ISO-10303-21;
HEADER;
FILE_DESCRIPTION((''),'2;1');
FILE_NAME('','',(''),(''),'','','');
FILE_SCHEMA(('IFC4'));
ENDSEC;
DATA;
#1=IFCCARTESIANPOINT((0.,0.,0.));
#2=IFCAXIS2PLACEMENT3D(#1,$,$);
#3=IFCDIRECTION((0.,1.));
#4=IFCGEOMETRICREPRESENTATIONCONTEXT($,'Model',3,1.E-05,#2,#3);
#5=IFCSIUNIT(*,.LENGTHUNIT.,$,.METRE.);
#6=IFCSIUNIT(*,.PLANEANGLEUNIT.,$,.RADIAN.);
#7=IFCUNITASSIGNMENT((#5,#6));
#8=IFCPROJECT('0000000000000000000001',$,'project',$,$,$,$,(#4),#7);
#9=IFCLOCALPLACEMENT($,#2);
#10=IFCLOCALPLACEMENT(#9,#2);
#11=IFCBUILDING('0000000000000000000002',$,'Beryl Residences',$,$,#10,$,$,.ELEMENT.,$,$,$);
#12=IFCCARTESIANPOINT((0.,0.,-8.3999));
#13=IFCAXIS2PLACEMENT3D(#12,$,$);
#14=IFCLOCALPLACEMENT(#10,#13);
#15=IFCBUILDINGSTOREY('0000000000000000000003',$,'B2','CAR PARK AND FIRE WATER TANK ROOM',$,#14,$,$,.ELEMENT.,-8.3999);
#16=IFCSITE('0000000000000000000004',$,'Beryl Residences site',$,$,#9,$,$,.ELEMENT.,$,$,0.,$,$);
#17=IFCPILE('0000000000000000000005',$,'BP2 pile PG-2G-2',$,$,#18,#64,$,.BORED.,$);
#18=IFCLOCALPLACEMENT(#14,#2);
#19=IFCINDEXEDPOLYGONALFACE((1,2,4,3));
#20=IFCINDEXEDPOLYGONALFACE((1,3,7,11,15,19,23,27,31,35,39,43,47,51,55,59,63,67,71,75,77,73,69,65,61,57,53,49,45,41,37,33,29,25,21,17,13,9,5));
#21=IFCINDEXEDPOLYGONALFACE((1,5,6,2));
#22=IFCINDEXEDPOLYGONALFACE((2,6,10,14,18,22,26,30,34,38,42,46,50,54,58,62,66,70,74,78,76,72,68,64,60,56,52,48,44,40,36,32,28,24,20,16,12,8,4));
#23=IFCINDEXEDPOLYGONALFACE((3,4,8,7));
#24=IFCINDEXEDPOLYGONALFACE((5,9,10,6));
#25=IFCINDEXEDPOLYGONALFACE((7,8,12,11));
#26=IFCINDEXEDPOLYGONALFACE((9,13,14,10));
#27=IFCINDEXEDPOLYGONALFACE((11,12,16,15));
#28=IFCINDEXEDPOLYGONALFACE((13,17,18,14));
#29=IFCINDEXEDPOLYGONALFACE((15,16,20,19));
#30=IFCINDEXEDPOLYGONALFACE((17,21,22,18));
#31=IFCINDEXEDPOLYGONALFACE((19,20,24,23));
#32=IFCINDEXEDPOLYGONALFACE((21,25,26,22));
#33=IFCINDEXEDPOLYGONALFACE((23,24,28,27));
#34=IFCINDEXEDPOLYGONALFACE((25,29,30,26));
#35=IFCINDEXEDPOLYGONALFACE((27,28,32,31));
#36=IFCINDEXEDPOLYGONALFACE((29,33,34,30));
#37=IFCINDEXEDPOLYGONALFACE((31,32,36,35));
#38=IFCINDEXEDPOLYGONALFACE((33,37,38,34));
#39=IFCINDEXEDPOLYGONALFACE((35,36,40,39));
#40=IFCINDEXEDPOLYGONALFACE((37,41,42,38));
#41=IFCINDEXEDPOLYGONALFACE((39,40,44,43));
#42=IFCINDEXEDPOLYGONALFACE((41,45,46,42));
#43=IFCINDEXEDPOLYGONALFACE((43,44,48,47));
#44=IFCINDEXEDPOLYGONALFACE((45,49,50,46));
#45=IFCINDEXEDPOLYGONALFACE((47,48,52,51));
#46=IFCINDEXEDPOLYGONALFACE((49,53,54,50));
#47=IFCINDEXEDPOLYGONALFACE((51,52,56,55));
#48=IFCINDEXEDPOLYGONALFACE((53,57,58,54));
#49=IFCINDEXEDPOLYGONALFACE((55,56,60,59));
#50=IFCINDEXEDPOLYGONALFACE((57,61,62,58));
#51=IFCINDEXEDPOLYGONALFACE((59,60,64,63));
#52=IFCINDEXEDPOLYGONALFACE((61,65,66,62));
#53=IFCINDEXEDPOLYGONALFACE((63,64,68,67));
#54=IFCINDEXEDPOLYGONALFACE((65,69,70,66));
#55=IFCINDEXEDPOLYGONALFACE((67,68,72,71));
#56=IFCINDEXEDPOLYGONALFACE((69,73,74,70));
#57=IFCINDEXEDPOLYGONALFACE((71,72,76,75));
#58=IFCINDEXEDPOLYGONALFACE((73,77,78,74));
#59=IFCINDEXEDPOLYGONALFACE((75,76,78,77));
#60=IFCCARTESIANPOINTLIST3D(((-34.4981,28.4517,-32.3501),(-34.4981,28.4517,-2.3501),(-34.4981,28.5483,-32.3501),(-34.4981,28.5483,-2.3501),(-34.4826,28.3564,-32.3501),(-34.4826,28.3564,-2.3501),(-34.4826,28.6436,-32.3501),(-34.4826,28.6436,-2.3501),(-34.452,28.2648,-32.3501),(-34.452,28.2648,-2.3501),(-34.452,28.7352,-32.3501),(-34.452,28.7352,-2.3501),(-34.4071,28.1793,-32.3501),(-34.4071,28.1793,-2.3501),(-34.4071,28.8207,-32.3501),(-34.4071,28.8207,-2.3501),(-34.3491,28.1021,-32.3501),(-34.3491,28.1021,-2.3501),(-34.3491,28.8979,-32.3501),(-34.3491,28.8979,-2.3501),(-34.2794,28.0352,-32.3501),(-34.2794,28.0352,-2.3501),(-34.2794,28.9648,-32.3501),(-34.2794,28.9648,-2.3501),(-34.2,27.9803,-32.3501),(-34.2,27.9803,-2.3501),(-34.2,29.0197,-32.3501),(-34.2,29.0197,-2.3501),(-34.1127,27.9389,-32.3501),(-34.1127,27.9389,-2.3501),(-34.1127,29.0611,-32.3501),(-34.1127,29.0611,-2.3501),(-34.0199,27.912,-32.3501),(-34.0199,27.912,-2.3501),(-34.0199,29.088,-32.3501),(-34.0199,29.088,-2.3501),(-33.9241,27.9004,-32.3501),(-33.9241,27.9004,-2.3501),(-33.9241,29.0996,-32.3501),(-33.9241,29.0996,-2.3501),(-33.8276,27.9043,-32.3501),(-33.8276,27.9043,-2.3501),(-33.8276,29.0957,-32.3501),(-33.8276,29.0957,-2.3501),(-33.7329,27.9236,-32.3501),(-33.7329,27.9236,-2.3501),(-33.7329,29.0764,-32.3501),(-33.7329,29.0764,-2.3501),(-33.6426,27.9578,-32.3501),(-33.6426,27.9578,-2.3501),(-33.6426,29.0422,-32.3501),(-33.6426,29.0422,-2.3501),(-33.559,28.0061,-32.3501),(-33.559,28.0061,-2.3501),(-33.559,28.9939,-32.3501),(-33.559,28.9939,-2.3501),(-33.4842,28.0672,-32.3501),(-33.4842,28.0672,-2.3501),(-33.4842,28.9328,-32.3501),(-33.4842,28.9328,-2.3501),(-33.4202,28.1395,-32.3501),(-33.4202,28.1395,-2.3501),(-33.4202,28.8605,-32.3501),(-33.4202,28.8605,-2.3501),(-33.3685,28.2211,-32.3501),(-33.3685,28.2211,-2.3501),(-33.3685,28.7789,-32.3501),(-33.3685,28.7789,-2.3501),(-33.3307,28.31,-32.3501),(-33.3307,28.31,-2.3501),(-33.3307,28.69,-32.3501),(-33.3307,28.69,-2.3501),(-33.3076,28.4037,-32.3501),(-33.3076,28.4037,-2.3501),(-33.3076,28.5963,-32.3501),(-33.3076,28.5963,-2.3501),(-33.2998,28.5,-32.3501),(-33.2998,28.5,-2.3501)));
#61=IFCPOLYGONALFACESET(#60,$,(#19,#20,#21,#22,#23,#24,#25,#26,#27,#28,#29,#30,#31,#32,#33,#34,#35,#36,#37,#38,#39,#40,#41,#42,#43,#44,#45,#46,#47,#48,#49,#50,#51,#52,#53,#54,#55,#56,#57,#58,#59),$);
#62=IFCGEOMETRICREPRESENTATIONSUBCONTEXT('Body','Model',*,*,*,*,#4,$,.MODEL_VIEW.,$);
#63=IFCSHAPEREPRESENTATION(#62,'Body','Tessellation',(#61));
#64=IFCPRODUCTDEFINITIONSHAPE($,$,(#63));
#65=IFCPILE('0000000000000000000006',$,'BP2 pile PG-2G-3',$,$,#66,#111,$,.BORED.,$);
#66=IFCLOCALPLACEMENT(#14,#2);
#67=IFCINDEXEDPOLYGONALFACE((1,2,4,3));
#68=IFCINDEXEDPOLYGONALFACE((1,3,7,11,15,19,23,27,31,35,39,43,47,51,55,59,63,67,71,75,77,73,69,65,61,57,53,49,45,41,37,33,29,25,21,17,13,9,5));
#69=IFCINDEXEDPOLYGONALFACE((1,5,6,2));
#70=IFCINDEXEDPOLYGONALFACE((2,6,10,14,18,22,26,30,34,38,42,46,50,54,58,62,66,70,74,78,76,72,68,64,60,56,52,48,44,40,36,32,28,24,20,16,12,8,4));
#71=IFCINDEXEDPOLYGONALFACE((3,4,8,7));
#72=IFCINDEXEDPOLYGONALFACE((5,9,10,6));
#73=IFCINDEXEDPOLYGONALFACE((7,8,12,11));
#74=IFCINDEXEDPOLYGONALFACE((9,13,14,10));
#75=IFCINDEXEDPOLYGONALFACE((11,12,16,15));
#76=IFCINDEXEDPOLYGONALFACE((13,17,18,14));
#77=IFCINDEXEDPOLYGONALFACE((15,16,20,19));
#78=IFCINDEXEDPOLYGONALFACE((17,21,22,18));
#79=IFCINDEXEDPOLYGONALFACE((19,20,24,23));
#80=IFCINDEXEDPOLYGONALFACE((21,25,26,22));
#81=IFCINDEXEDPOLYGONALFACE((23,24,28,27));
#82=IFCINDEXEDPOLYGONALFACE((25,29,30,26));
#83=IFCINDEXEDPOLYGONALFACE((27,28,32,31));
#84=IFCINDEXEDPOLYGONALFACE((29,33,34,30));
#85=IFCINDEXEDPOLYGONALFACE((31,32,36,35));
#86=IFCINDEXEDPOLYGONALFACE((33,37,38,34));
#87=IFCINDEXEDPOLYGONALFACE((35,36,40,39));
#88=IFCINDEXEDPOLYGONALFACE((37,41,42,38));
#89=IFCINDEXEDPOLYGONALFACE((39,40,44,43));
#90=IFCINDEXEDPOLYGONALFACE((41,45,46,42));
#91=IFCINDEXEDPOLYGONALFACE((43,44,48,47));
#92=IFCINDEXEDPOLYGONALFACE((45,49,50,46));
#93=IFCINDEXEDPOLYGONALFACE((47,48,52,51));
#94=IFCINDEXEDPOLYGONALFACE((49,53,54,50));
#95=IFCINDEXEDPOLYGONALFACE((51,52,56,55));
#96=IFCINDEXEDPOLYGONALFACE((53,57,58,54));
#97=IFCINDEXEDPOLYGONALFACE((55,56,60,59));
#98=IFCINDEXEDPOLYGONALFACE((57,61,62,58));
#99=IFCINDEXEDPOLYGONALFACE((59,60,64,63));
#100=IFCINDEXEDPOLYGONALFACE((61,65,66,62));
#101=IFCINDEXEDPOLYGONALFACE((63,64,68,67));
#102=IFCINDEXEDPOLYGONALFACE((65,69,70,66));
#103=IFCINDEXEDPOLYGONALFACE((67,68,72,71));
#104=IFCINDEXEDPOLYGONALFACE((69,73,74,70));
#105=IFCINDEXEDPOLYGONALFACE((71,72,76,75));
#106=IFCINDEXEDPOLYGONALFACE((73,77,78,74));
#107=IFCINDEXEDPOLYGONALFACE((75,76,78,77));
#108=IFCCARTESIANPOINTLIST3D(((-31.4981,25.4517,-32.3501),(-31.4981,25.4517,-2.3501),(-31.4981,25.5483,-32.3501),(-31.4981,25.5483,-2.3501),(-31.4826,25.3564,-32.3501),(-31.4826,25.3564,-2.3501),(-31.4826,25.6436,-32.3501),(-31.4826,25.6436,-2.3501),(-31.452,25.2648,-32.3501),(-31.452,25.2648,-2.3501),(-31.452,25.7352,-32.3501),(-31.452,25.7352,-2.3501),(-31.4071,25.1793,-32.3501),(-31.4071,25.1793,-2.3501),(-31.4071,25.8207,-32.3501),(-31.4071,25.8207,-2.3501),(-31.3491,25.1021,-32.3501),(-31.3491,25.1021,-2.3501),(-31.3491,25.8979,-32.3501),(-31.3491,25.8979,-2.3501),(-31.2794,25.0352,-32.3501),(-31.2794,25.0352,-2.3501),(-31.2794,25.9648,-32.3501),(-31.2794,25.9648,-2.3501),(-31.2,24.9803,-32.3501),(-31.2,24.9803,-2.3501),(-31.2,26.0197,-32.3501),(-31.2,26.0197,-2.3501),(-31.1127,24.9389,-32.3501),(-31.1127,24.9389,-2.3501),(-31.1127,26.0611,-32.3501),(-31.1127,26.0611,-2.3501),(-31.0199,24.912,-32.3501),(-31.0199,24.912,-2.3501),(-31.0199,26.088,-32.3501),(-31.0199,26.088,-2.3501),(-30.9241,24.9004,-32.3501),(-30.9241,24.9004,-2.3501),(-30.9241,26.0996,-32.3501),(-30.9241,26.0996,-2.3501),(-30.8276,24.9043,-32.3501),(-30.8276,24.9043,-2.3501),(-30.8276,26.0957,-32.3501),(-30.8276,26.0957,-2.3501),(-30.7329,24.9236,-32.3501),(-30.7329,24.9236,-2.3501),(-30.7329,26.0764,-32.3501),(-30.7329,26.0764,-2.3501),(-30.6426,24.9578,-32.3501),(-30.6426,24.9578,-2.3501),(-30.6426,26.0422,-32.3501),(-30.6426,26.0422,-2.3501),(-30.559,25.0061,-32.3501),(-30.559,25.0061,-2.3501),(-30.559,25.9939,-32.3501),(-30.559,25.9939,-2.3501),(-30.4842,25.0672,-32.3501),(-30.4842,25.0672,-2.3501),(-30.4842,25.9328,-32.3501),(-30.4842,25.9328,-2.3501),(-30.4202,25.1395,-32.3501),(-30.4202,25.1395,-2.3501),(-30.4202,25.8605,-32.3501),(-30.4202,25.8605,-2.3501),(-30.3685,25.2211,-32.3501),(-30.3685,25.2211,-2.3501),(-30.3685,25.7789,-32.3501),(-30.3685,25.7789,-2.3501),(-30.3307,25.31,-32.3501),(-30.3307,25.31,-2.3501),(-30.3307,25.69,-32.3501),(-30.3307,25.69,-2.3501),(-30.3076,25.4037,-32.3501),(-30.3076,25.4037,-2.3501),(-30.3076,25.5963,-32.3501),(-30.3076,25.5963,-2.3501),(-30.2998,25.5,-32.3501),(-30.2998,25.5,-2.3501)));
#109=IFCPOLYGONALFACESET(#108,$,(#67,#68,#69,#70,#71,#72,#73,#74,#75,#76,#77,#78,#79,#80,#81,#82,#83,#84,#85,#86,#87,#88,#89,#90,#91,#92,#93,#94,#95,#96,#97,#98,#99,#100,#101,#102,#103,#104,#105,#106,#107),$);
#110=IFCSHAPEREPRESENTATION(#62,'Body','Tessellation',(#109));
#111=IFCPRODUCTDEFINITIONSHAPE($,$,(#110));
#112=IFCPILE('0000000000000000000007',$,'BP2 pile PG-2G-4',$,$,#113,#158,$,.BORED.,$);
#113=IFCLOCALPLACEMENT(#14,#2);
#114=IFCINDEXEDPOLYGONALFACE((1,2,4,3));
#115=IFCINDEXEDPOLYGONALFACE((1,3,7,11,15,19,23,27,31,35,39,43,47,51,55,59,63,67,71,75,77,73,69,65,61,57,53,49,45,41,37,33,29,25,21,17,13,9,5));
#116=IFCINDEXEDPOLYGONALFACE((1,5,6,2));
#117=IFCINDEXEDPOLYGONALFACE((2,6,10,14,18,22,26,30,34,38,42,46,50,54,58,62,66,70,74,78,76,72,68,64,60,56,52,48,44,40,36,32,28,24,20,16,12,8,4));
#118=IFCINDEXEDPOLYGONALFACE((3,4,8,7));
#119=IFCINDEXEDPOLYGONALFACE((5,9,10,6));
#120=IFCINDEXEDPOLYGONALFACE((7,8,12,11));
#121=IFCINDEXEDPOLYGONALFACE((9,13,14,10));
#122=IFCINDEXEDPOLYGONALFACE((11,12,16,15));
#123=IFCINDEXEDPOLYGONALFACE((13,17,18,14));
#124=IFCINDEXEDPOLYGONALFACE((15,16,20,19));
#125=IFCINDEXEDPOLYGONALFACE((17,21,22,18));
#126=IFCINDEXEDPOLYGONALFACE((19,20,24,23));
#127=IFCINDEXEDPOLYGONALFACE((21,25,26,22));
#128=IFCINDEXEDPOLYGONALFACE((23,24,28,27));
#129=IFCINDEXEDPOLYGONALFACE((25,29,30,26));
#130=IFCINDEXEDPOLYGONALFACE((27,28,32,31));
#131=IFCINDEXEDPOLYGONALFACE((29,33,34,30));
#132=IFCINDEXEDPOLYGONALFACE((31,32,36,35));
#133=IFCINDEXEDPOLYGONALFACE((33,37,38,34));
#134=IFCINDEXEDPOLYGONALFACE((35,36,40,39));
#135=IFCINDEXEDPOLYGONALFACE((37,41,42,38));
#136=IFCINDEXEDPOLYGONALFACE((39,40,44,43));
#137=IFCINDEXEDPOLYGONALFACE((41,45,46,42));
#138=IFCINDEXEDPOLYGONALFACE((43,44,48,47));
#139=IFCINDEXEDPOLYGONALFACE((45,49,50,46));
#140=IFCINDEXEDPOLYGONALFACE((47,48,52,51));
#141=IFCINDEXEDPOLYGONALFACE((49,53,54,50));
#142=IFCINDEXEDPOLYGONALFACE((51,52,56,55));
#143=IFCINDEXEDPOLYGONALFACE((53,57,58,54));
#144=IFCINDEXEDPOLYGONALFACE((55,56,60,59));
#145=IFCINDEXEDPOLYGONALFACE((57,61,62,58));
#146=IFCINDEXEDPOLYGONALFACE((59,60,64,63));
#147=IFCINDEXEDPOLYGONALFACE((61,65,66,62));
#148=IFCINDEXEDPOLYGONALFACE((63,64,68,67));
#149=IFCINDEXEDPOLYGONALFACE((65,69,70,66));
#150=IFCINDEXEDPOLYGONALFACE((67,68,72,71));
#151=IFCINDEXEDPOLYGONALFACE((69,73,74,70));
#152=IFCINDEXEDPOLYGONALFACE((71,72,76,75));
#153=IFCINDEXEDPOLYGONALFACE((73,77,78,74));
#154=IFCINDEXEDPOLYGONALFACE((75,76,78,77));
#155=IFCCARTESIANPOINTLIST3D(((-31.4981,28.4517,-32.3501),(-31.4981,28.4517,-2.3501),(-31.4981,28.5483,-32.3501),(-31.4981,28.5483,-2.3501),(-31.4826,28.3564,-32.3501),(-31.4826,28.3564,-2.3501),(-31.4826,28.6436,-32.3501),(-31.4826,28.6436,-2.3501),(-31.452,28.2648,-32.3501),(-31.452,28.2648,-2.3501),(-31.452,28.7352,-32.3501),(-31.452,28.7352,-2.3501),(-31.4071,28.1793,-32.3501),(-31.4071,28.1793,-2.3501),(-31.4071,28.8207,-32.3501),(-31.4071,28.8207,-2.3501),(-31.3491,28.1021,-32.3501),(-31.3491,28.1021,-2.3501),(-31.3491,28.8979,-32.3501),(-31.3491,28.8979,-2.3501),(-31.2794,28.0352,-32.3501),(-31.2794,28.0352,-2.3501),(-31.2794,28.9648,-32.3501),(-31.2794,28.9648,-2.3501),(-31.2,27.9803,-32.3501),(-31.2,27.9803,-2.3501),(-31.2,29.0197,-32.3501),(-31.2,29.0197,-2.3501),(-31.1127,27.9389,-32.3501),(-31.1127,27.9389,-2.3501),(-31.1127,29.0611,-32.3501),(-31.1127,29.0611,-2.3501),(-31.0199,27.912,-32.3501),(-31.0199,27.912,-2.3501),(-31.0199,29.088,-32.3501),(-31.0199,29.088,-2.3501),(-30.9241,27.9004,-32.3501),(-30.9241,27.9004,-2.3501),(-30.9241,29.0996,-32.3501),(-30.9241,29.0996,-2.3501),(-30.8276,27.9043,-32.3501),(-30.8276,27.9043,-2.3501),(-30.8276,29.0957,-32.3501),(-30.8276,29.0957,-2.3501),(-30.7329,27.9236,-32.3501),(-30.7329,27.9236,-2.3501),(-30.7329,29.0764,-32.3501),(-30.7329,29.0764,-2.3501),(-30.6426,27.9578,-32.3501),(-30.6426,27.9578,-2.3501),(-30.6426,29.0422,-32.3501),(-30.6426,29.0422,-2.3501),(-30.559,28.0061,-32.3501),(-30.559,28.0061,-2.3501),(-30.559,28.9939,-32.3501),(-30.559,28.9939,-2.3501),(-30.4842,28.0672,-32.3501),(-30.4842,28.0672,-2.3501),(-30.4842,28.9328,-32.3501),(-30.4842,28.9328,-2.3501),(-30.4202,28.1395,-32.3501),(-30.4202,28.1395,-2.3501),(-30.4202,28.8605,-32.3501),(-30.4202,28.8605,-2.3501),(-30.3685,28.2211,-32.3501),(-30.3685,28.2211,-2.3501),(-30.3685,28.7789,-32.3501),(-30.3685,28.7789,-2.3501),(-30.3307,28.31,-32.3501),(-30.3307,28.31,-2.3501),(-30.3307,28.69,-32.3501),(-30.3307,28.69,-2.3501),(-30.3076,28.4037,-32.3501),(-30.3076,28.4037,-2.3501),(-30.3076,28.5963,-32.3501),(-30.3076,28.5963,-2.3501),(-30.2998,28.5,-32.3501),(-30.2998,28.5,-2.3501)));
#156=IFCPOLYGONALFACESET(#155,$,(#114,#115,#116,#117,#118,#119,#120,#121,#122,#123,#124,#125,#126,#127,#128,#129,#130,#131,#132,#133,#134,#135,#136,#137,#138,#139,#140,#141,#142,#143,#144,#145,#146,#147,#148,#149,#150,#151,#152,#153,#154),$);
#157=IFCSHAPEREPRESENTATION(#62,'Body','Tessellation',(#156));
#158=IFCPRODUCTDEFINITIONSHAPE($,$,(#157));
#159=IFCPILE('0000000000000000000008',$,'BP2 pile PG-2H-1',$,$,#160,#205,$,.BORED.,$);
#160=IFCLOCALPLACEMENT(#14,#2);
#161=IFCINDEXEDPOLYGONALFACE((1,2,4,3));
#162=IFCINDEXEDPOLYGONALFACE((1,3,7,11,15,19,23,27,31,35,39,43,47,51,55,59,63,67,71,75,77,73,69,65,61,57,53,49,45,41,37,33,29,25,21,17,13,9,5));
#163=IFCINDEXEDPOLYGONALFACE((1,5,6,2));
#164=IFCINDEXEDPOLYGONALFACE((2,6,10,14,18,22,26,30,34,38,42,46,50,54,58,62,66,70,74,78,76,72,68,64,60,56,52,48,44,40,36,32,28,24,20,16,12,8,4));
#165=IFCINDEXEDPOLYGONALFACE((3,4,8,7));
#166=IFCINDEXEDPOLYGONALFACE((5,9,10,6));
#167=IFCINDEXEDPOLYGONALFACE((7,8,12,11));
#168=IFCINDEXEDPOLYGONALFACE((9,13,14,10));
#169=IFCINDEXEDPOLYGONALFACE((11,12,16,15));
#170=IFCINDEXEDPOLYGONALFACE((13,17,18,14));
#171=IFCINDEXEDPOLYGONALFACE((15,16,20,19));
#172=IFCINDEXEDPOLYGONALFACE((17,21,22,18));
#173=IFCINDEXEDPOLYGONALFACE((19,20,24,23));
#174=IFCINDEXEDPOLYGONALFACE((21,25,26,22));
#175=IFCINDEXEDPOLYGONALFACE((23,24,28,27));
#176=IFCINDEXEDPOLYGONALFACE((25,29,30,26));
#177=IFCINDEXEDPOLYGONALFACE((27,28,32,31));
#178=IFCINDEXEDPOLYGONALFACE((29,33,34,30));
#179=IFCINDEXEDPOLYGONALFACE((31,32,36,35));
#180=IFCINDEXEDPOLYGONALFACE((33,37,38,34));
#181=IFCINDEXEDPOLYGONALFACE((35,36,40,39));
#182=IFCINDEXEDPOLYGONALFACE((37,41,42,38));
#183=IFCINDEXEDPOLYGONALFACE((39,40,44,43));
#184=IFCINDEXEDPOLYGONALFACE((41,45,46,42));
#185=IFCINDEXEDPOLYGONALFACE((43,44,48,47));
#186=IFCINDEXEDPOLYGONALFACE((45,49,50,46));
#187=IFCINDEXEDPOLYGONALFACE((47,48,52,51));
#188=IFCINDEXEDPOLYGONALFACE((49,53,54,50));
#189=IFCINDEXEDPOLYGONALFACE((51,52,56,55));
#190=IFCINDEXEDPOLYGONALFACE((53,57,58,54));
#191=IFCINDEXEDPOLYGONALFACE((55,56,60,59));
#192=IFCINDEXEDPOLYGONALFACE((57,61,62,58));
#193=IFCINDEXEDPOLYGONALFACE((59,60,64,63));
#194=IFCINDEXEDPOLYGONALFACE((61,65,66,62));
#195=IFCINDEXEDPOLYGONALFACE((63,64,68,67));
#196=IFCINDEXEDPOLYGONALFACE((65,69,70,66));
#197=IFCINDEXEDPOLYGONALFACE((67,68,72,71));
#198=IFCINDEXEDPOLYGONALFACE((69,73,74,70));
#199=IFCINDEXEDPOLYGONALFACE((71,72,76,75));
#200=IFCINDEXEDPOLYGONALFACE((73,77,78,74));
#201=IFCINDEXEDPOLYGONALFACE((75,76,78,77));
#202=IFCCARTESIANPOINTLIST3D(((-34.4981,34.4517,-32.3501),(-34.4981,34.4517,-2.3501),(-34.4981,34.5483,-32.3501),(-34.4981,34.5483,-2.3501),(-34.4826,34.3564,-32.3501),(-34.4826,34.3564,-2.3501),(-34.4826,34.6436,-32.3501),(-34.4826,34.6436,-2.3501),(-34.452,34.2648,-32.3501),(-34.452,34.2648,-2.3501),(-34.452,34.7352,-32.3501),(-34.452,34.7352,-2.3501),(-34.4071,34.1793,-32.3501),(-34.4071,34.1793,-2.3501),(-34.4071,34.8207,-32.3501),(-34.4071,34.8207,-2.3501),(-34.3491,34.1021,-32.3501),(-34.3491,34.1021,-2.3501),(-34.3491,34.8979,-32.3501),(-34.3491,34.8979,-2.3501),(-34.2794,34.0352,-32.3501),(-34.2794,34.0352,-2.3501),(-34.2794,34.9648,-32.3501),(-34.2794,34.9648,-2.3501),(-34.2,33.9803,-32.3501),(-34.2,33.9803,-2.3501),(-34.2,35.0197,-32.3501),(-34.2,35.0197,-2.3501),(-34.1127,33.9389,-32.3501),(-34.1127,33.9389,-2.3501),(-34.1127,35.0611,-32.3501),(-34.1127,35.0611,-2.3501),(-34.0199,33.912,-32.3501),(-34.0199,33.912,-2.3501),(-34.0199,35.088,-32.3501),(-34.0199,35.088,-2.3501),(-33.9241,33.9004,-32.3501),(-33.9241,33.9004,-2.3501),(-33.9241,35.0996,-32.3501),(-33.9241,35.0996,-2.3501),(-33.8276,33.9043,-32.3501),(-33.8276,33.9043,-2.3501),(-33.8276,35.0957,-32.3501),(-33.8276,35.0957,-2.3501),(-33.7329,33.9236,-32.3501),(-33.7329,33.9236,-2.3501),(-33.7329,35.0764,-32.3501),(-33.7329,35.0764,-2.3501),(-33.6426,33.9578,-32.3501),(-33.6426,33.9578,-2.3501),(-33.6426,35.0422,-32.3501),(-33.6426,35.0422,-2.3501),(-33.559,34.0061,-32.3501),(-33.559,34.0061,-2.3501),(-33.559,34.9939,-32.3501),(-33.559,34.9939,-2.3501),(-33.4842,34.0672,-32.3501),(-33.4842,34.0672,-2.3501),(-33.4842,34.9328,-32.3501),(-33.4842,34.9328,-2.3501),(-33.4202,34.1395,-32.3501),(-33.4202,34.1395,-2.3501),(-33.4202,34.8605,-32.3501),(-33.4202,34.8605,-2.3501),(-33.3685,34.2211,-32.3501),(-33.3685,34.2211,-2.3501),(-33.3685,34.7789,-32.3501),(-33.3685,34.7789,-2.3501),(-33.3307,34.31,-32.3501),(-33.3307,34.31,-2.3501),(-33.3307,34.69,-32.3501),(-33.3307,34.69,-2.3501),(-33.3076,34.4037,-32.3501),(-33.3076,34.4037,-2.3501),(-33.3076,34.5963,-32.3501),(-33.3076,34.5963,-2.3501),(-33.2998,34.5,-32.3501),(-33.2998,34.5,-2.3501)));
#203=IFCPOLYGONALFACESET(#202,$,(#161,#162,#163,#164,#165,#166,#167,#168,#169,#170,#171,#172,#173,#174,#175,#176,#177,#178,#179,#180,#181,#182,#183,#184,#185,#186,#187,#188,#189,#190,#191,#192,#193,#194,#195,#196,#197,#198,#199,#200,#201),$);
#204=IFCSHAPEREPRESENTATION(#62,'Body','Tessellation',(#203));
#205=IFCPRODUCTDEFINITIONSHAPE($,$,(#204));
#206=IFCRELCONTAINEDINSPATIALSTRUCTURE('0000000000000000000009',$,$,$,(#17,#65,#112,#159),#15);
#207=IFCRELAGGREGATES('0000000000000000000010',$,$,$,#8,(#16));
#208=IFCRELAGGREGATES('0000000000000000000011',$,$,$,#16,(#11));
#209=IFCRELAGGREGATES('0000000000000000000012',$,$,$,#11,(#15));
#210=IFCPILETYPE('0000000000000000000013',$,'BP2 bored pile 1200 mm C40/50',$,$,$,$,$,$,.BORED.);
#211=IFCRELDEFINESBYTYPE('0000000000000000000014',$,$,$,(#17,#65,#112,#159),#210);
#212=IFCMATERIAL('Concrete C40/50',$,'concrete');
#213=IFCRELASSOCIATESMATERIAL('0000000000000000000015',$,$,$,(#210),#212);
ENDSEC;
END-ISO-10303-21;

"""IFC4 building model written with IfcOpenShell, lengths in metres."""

from ifc_helpers import new_model, si_unit, direction, frame, origin, origin_2d, place, context, subcontext, project, spatial, circle, extrude, material, material_profile, profile_set, type_object, element, save


model = new_model("IFC4")

# Units and contexts
model_context = context("Model", 3, precision=1e-05, world=origin(), true_north=direction((0.0, 1.0)))
body_context = subcontext(model_context, "Body", "Model", "MODEL_VIEW")
ifc_project = project(units=[si_unit("LENGTHUNIT", "METRE"), si_unit("PLANEANGLEUNIT", "RADIAN")], contexts=[model_context])

# Site, building, storey
site_placement = place(None, origin())
site = spatial("IfcSite", under=ifc_project, at=site_placement, Name="Beryl Residences site", CompositionType="ELEMENT", RefElevation=0.0)
building_placement = place(site_placement, origin())
building = spatial("IfcBuilding", under=site, at=building_placement, Name="Beryl Residences", CompositionType="ELEMENT")
storey_placement = place(building_placement, frame((0.0, 0.0, -8.3999)))
storey = spatial("IfcBuildingStorey", under=building, at=storey_placement, Name="B2", Description="CAR PARK AND FIRE WATER TANK ROOM", CompositionType="ELEMENT", Elevation=-8.3999)

# Piles
ifc_material_1 = material(Name="Concrete C40/50", Category="concrete")
ifc_material_profile_1 = material_profile(ifc_material_1, circle(Radius=0.6001, at=origin_2d()))
ifc_profile_set_1 = profile_set([ifc_material_profile_1], Name="Concrete C40/50")
pile_type = type_object("IfcPileType", Name="BP2 bored pile 1200 mm C40/50", PredefinedType="BORED", material=ifc_profile_set_1)
for number, where, z_axis, x_axis, name in (
    (1, (-33.8999, 28.5, -2.3501), (0.0, 0.0, -1.0), (1.0, 0.0, 0.0), "BP2 pile PG-2G-2"),
    (2, (-30.8999, 25.5, -2.3501), (0.0, 0.0, -1.0), (1.0, 0.0, 0.0), "BP2 pile PG-2G-3"),
    (3, (-30.8999, 28.5, -2.3501), (0.0, 0.0, -1.0), (1.0, 0.0, 0.0), "BP2 pile PG-2G-4"),
    (4, (-33.8999, 34.5, -2.3501), (0.0, 0.0, -1.0), (1.0, 0.0, 0.0), "BP2 pile PG-2H-1"),
):
    element("IfcPile", number, at=place(storey_placement, frame(where, z_axis=z_axis, x_axis=x_axis)), inside=storey, type_object=pile_type, Name=name, PredefinedType="BORED", context=body_context, shape_type="SweptSolid", body=[
        extrude(circle(Radius=0.6001, at=origin_2d()), origin(), (0.0, 0.0, 1.0), 30.0),
    ])

save(model, "model.ifc")
